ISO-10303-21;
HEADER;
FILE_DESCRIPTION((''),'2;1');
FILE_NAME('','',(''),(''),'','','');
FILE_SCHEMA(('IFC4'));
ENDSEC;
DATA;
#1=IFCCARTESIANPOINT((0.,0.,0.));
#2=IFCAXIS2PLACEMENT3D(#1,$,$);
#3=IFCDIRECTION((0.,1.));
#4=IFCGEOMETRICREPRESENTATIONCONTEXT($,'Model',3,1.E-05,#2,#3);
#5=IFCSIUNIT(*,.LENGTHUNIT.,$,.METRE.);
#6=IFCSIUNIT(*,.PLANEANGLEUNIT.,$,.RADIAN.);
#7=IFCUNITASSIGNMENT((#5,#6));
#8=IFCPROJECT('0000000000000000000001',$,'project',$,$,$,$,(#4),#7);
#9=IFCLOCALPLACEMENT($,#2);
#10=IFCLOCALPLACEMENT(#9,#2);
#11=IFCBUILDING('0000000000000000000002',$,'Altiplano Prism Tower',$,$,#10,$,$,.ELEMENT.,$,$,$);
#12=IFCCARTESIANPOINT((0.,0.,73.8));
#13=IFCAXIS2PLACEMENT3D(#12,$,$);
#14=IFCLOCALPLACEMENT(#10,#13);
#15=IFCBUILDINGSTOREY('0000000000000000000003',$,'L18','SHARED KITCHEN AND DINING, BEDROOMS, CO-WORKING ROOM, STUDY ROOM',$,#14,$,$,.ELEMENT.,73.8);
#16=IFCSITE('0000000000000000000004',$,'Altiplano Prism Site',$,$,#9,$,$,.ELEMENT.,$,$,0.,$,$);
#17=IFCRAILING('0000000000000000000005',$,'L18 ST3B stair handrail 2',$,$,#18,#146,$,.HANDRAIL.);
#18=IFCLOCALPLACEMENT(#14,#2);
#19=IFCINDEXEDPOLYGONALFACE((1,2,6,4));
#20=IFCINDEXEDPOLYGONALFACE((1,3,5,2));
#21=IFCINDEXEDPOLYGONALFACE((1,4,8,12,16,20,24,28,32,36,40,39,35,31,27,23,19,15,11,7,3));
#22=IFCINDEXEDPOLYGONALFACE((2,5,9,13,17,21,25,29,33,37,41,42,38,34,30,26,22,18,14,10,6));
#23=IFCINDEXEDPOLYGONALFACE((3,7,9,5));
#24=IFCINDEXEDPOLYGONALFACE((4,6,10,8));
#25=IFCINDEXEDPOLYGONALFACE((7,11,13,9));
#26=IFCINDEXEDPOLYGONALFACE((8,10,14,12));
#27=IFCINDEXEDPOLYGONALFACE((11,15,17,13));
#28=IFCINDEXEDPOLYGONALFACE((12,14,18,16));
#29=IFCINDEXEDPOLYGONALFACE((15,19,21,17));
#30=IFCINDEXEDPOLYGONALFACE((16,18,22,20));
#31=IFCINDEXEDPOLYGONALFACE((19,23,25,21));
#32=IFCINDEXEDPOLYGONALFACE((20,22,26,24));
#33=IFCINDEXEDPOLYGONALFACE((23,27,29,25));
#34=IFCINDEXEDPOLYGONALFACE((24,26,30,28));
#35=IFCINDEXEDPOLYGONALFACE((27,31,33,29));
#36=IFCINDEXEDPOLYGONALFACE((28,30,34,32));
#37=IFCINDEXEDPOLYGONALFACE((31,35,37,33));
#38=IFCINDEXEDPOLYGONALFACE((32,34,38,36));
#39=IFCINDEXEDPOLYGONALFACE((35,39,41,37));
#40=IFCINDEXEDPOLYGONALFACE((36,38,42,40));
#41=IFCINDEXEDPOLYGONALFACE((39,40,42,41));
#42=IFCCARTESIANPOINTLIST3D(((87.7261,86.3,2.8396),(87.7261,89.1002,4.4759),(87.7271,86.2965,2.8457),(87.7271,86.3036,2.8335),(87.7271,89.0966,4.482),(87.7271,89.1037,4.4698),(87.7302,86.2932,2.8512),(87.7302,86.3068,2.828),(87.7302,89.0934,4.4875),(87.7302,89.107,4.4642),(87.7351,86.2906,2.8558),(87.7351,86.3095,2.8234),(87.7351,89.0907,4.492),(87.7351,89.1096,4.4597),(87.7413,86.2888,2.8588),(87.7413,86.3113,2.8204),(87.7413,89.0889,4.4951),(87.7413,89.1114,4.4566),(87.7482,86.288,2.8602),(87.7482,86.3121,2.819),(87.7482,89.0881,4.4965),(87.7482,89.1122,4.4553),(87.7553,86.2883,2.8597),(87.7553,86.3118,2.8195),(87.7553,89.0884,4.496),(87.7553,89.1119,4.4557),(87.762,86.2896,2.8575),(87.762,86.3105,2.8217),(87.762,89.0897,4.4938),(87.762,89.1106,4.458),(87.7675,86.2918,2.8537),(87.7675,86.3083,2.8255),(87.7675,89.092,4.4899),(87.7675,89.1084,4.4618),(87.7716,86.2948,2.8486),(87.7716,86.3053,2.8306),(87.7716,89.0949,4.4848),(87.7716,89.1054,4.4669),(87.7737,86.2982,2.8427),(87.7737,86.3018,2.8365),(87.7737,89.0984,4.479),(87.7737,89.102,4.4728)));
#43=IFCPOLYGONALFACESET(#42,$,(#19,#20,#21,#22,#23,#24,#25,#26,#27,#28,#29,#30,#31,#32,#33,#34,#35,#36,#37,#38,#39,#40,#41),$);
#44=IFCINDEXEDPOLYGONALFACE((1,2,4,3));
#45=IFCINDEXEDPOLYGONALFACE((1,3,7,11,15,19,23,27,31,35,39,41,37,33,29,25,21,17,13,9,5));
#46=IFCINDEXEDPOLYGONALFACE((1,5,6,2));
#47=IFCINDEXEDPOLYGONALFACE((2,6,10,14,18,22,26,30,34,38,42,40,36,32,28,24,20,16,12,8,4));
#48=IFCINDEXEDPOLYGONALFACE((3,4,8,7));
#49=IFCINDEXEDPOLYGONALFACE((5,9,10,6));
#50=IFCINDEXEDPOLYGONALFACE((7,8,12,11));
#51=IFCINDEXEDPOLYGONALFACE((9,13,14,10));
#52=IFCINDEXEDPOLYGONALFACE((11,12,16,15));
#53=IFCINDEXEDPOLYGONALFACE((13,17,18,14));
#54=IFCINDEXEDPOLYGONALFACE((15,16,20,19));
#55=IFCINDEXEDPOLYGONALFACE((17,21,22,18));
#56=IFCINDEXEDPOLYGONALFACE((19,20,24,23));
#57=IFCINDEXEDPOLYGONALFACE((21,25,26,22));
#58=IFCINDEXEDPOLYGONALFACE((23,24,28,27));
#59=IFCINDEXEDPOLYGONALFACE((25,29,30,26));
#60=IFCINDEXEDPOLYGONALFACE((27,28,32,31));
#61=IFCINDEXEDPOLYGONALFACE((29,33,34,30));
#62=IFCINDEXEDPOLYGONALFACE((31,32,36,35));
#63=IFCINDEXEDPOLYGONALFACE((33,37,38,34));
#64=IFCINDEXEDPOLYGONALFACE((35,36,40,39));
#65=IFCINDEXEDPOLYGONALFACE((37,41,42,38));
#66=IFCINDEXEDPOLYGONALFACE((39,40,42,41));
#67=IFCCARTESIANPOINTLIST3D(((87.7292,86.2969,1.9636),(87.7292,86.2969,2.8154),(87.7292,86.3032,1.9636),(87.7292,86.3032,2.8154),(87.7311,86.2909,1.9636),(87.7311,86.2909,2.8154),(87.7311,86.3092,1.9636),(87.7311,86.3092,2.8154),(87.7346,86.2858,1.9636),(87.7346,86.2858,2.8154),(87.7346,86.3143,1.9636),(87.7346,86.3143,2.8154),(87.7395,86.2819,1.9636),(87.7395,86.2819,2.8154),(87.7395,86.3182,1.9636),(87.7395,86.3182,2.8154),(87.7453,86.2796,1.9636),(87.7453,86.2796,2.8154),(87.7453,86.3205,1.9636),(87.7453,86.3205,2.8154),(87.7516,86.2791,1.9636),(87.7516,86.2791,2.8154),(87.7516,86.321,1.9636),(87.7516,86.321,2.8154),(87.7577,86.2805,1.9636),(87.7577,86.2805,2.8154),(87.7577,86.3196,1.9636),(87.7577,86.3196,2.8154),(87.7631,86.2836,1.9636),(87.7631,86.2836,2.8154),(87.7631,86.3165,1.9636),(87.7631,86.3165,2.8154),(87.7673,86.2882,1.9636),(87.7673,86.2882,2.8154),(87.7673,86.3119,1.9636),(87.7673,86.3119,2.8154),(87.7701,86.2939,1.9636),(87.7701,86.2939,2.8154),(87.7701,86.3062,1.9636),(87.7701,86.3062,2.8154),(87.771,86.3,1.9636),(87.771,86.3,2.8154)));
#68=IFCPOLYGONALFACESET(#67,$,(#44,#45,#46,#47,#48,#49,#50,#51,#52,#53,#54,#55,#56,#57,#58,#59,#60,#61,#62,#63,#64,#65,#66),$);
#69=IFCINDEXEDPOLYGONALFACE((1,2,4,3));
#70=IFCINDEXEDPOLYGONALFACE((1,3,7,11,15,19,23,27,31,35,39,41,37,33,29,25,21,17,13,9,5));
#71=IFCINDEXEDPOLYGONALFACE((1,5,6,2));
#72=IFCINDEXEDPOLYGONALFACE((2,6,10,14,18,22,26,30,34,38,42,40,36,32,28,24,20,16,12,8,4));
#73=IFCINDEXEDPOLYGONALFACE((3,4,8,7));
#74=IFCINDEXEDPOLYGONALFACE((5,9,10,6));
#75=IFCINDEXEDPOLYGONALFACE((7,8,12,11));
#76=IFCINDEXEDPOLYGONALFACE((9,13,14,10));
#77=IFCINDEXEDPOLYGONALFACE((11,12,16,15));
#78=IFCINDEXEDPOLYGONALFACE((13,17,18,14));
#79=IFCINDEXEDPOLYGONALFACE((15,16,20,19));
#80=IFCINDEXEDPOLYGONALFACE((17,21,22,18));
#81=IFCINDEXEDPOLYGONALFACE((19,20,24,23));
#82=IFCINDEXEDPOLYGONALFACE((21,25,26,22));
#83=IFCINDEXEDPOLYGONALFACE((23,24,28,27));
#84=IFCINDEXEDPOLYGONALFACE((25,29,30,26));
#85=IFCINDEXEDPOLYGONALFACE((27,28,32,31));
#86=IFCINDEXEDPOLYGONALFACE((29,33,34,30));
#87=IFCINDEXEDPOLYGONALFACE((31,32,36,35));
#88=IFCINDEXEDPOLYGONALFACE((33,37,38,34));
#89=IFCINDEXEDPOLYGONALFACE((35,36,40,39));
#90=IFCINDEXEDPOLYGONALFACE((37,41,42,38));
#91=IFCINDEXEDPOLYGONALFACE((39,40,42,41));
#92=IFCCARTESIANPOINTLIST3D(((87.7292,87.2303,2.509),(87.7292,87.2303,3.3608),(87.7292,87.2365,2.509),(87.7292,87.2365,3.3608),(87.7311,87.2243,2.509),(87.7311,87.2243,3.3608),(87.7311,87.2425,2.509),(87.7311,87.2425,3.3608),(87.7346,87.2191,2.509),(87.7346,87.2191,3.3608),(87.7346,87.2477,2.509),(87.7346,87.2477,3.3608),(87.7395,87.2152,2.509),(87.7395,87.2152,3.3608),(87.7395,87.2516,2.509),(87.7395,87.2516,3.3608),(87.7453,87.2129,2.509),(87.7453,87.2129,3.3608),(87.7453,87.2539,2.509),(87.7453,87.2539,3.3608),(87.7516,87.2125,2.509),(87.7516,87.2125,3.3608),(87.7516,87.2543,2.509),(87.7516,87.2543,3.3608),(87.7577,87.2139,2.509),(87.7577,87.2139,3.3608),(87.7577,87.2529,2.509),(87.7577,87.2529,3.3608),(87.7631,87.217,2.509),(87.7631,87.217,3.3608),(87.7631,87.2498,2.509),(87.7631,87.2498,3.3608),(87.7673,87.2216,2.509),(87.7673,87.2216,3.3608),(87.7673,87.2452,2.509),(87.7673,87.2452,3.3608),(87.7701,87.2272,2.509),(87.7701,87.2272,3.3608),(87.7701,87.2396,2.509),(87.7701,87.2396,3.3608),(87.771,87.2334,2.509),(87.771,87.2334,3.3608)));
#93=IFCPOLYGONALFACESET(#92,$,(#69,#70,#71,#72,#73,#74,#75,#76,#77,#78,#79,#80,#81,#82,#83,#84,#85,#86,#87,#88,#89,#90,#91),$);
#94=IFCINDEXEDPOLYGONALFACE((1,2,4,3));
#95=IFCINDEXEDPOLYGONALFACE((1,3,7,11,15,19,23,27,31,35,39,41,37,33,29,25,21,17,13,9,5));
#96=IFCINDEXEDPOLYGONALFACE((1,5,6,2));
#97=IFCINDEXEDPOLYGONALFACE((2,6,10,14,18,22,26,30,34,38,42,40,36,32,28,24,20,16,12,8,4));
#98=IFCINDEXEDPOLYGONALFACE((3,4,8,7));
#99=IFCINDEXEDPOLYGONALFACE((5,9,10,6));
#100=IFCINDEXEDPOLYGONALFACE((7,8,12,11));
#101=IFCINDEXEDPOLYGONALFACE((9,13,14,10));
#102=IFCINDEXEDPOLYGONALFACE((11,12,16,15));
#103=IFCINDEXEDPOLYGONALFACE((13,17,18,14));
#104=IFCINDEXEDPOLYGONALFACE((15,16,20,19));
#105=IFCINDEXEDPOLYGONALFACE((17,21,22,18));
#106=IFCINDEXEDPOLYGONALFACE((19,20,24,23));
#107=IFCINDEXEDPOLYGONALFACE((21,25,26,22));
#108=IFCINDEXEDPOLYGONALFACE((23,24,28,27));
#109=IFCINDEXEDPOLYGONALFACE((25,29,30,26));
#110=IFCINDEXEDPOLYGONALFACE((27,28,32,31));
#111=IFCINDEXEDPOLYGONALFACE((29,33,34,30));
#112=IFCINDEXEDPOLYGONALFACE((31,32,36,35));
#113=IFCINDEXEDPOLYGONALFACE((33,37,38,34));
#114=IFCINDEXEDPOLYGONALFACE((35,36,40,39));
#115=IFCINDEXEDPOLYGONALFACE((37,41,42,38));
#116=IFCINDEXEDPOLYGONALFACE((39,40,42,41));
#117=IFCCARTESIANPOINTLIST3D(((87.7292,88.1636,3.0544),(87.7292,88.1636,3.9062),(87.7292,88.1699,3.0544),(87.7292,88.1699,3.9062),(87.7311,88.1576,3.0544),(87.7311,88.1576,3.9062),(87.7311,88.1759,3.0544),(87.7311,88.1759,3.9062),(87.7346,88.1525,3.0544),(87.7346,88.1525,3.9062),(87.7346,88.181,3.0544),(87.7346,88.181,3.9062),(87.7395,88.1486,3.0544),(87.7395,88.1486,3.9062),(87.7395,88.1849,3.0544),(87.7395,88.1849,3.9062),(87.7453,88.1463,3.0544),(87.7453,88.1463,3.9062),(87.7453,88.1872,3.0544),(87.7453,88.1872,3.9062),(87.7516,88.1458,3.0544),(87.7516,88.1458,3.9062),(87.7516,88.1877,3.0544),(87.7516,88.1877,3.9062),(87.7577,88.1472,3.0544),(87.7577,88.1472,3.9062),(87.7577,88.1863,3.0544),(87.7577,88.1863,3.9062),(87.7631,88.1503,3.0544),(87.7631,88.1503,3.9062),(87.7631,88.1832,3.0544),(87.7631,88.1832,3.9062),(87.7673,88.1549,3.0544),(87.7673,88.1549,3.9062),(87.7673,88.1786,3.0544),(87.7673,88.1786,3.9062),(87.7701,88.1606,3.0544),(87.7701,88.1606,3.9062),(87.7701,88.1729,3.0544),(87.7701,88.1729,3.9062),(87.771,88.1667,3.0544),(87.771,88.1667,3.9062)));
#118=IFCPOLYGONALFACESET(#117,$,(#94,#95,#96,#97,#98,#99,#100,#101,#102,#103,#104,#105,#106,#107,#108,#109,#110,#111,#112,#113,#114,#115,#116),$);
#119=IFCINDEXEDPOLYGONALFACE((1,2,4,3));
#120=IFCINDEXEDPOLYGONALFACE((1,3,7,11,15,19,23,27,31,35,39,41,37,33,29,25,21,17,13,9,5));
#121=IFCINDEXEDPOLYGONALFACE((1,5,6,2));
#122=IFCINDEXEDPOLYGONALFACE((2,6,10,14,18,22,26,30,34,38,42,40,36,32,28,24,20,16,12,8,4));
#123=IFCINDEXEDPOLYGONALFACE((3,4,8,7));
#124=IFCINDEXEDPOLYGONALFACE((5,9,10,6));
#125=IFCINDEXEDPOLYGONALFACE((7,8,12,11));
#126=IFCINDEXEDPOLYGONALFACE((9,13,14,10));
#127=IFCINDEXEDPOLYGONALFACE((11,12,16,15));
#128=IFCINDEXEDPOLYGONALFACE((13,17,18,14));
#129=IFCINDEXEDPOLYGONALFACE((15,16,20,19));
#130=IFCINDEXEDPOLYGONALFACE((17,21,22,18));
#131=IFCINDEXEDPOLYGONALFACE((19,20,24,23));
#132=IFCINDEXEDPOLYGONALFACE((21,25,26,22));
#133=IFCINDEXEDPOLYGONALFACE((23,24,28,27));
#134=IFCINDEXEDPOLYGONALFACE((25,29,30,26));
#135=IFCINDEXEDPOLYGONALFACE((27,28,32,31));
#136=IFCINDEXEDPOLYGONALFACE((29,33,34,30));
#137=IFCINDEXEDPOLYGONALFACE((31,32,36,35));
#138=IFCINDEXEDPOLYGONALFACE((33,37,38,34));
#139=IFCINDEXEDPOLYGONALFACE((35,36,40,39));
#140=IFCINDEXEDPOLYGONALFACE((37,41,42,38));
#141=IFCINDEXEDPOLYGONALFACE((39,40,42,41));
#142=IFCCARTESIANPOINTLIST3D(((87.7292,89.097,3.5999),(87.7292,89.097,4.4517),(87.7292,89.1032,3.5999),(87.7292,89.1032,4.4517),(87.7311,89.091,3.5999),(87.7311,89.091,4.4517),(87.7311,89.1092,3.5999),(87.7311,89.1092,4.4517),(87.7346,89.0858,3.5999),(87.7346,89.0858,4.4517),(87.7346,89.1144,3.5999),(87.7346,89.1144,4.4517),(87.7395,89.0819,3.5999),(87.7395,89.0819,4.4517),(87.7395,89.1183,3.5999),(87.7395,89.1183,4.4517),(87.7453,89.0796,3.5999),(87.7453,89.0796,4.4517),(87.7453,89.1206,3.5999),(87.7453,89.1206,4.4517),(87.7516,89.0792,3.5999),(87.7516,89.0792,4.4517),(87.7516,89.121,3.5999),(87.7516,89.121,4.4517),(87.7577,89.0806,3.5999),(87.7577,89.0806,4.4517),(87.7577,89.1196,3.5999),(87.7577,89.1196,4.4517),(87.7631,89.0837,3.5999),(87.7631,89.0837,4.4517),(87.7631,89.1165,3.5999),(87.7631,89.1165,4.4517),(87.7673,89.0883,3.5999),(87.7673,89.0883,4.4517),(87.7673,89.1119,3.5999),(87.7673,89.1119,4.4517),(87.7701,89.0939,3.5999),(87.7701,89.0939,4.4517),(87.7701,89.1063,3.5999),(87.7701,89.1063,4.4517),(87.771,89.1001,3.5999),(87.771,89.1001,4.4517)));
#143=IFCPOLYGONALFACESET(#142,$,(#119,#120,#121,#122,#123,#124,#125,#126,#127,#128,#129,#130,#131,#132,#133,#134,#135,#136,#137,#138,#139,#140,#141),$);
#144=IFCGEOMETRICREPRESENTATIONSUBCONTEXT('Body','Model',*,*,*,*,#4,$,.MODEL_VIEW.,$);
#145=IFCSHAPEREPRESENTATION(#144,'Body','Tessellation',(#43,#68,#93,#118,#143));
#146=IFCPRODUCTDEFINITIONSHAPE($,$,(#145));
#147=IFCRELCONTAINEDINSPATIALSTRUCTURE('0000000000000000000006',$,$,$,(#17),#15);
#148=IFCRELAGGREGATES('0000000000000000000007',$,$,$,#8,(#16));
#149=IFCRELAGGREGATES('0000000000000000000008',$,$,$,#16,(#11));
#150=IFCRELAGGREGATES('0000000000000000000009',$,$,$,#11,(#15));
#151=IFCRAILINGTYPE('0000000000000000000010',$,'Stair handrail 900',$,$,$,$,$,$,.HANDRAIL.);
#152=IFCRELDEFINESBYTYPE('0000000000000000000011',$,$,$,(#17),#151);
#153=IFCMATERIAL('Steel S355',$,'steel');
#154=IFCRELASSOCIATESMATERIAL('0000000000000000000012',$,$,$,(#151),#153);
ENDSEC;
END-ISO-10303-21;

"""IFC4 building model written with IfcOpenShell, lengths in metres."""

from ifc_helpers import new_model, si_unit, direction, frame, origin, origin_2d, place, context, subcontext, project, spatial, circle, extrude, material, type_object, element, save


model = new_model("IFC4")

# Units and contexts
model_context = context("Model", 3, precision=1e-05, world=origin(), true_north=direction((0.0, 1.0)))
body_context = subcontext(model_context, "Body", "Model", "MODEL_VIEW")
ifc_project = project(units=[si_unit("LENGTHUNIT", "METRE"), si_unit("PLANEANGLEUNIT", "RADIAN")], contexts=[model_context])

# Site, building, storey
site_placement = place(None, origin())
site = spatial("IfcSite", under=ifc_project, at=site_placement, Name="Altiplano Prism Site", CompositionType="ELEMENT", RefElevation=0.0)
building_placement = place(site_placement, origin())
building = spatial("IfcBuilding", under=site, at=building_placement, Name="Altiplano Prism Tower", CompositionType="ELEMENT")
storey_placement = place(building_placement, frame((0.0, 0.0, 73.8)))
storey = spatial("IfcBuildingStorey", under=building, at=storey_placement, Name="L18", Description="SHARED KITCHEN AND DINING, BEDROOMS, CO-WORKING ROOM, STUDY ROOM", CompositionType="ELEMENT", Elevation=73.8)

# Railing
ifc_material_1 = material(Name="Steel S355", Category="steel")
railing_type = type_object("IfcRailingType", Name="Stair handrail 900", PredefinedType="HANDRAIL", material=ifc_material_1)
for number, where, name in (
    (1, (87.75, 86.3, 1.9636), "L18 ST3B stair handrail 2"),
):
    element("IfcRailing", number, at=place(storey_placement, frame(where)), inside=storey, type_object=railing_type, Name=name, PredefinedType="HANDRAIL", context=body_context, shape_type="SweptSolid", body=[
        extrude(circle(Radius=0.0239, at=origin_2d()), frame((0.0, 0.0, 0.876), z_axis=(0.0, 0.863394, 0.504531), x_axis=(-1.0, 0.0, 0.0)), (0.0, 0.0, 1.0), 3.2432),
        extrude(circle(Radius=0.021, at=origin_2d()), origin(), (0.0, 0.0, 1.0), 0.8518),
        extrude(circle(Radius=0.021, at=origin_2d()), frame((0.0, 0.9333, 0.5454)), (0.0, 0.0, 1.0), 0.8518),
        extrude(circle(Radius=0.021, at=origin_2d()), frame((0.0, 1.8667, 1.0908)), (0.0, 0.0, 1.0), 0.8518),
        extrude(circle(Radius=0.021, at=origin_2d()), frame((0.0, 2.8, 1.6362)), (0.0, 0.0, 1.0), 0.8518),
    ])

save(model, "model.ifc")
